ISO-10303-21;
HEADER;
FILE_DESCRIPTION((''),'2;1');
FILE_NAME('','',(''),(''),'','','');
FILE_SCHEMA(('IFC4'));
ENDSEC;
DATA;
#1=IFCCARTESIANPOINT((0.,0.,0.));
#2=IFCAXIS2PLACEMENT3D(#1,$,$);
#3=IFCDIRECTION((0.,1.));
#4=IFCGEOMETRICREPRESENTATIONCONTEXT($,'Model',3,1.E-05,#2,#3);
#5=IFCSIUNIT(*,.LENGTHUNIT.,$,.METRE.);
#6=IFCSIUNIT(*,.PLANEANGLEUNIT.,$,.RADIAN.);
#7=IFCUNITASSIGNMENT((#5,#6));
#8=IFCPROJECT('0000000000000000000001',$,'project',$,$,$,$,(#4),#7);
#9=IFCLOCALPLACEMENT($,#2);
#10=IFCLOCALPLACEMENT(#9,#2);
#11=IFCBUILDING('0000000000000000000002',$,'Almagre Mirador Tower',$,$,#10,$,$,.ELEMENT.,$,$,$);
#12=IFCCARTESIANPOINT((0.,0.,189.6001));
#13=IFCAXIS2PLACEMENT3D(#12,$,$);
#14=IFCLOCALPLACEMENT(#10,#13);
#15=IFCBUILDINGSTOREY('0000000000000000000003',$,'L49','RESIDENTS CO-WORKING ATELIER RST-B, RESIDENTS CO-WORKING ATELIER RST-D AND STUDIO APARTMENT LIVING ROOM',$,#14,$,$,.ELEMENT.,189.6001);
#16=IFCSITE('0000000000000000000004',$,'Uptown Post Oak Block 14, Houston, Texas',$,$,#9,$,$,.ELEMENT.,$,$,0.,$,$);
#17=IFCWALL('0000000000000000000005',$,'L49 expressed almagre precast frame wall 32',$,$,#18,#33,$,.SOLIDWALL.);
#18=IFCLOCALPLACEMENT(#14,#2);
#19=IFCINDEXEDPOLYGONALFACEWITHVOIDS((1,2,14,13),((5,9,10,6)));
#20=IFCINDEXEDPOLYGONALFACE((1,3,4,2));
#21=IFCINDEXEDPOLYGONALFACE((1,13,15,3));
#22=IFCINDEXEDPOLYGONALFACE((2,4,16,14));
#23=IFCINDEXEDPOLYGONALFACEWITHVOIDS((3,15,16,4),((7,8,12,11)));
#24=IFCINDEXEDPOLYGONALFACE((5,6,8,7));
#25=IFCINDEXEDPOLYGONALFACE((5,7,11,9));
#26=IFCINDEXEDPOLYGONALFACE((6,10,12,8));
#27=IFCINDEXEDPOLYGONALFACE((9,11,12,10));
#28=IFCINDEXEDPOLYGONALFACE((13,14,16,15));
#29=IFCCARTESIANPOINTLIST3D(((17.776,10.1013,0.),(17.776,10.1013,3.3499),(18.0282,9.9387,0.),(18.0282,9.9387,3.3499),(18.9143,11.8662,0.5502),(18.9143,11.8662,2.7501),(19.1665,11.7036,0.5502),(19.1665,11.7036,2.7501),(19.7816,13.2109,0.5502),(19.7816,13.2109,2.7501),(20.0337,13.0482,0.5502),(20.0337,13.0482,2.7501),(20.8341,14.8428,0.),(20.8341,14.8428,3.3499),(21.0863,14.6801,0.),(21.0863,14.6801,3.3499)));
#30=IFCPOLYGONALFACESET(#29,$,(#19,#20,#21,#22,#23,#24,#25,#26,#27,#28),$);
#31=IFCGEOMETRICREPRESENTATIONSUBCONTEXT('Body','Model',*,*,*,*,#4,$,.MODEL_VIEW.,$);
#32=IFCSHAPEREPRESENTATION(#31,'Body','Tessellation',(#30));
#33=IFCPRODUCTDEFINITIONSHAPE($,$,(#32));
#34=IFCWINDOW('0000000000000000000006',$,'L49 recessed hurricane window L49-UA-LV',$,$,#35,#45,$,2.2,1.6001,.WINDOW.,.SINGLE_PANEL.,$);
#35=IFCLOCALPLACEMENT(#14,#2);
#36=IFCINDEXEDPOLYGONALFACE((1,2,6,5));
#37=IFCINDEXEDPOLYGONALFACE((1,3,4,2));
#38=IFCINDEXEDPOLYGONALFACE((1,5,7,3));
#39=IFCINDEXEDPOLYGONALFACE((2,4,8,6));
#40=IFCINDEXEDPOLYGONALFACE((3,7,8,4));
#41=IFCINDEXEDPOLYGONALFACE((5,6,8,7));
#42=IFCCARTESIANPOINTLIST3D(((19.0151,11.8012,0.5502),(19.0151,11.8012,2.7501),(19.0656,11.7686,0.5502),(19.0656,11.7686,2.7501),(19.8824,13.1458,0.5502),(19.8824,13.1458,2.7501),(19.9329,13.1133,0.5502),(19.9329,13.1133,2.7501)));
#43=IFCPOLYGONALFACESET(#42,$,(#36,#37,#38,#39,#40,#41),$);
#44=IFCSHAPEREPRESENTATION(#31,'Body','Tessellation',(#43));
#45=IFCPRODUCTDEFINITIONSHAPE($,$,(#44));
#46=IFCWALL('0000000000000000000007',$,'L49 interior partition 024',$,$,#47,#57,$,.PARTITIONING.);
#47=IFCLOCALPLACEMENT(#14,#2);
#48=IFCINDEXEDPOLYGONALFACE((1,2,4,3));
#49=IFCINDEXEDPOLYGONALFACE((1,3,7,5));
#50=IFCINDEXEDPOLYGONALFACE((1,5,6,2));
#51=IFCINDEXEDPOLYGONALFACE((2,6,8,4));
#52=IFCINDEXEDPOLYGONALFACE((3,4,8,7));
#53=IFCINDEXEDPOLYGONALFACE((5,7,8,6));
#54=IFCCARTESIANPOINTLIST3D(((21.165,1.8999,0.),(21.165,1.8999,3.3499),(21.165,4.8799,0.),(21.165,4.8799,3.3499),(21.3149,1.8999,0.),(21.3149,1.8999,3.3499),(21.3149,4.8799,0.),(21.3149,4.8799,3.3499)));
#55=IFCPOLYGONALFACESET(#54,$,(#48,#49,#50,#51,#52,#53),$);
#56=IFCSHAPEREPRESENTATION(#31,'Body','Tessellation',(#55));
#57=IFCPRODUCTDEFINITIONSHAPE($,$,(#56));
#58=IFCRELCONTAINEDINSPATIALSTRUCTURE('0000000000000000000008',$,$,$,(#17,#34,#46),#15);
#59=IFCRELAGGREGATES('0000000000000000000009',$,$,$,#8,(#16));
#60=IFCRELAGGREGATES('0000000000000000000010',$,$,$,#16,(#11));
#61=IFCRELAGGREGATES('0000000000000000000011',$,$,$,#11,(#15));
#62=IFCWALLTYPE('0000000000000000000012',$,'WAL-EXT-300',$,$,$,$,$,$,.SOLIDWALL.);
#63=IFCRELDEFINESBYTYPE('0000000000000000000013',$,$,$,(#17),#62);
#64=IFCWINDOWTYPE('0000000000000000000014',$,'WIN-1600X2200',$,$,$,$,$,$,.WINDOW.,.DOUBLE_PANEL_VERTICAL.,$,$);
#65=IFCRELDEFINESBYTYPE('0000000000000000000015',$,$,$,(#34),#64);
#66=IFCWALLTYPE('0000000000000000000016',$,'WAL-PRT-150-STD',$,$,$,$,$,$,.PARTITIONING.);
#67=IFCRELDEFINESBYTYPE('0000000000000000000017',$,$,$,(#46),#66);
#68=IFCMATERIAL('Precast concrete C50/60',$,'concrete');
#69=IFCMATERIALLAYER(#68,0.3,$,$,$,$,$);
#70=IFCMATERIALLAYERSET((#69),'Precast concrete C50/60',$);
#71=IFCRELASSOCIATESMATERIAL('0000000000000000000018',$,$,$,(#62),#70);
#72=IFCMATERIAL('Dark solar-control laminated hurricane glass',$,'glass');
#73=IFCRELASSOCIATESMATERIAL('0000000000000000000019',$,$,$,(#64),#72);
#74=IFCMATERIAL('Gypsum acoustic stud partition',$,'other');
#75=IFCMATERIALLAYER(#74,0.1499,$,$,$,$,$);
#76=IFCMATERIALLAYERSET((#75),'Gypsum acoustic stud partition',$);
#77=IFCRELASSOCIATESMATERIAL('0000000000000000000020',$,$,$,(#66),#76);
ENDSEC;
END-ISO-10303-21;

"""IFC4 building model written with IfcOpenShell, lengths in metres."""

from ifc_helpers import new_model, si_unit, direction, frame, frame_2d, origin, place, context, subcontext, project, spatial, rectangle, extrude, material, layer, layer_set, type_object, element, fill, save


model = new_model("IFC4")

# Units and contexts
model_context = context("Model", 3, precision=1e-05, world=origin(), true_north=direction((0.0, 1.0)))
body_context = subcontext(model_context, "Body", "Model", "MODEL_VIEW")
ifc_project = project(units=[si_unit("LENGTHUNIT", "METRE"), si_unit("PLANEANGLEUNIT", "RADIAN")], contexts=[model_context])

# Site, building, storey
site_placement = place(None, origin())
site = spatial("IfcSite", under=ifc_project, at=site_placement, Name="Uptown Post Oak Block 14, Houston, Texas", CompositionType="ELEMENT", RefElevation=0.0)
building_placement = place(site_placement, origin())
building = spatial("IfcBuilding", under=site, at=building_placement, Name="Almagre Mirador Tower", CompositionType="ELEMENT")
storey_placement = place(building_placement, frame((0.0, 0.0, 189.6001)))
storey = spatial("IfcBuildingStorey", under=building, at=storey_placement, Name="L49", Description="RESIDENTS CO-WORKING ATELIER RST-B, RESIDENTS CO-WORKING ATELIER RST-D AND STUDIO APARTMENT LIVING ROOM", CompositionType="ELEMENT", Elevation=189.6001)

# Shared definitions
ifc_material_1 = material(Name="Precast concrete C50/60", Category="concrete")
ifc_layer_1 = layer(ifc_material_1, 0.3)
ifc_layer_set_1 = layer_set([ifc_layer_1], Name="Precast concrete C50/60")
wall_type_1 = type_object("IfcWallType", Name="WAL-EXT-300", PredefinedType="SOLIDWALL", material=ifc_layer_set_1)

# Wall, opening, window
wall_1_placement = place(storey_placement, frame((17.9021, 10.02, 0.0), z_axis=(0.0, 0.0, 1.0), x_axis=(0.542015, 0.840369, 0.0)))
wall_1 = element("IfcWall", 1, at=wall_1_placement, inside=storey, type_object=wall_type_1, Name="L49 expressed almagre precast frame wall 32", PredefinedType="SOLIDWALL", context=body_context, shape_type="SweptSolid", body=[
    extrude(rectangle(XDim=5.6421, YDim=0.3, at=frame_2d((2.821, 0.0))), origin(), (0.0, 0.0, 1.0), 3.3499),
])
opening_1_placement = place(wall_1_placement, frame((2.1001, 0.0, 0.55)))
opening_1 = element("IfcOpeningElement", 2, at=opening_1_placement, cuts=wall_1, PredefinedType="OPENING", context=body_context, shape_type="SweptSolid", body=[
    extrude(rectangle(XDim=1.6001, YDim=2.2, at=frame_2d((0.8, 1.1001))), frame((0.0, 0.1599, 0.0), z_axis=(0.0, -1.0, 0.0), x_axis=(1.0, 0.0, 0.0)), (0.0, 0.0, 1.0), 0.32),
])
ifc_material_2 = material(Name="Dark solar-control laminated hurricane glass", Category="glass")
window_type_1 = type_object("IfcWindowType", Name="WIN-1600X2200", PartitioningType="DOUBLE_PANEL_VERTICAL", PredefinedType="WINDOW", material=ifc_material_2)
window_1_placement = place(opening_1_placement, origin())
window_1 = element("IfcWindow", 3, at=window_1_placement, inside=storey, type_object=window_type_1, Name="L49 recessed hurricane window L49-UA-LV", OverallHeight=2.2, OverallWidth=1.6001, PartitioningType="SINGLE_PANEL", PredefinedType="WINDOW", context=body_context, shape_type="SweptSolid", body=[
    extrude(rectangle(XDim=1.6001, YDim=2.2, at=frame_2d((0.8, 1.1001))), frame((0.0, 0.03, 0.0), z_axis=(0.0, -1.0, 0.0), x_axis=(1.0, 0.0, 0.0)), (0.0, 0.0, 1.0), 0.0601),
])
fill(opening_1, window_1)

# Wall
ifc_material_3 = material(Name="Gypsum acoustic stud partition", Category="other")
ifc_layer_2 = layer(ifc_material_3, 0.1499)
ifc_layer_set_2 = layer_set([ifc_layer_2], Name="Gypsum acoustic stud partition")
wall_type_2 = type_object("IfcWallType", Name="WAL-PRT-150-STD", PredefinedType="PARTITIONING", material=ifc_layer_set_2)
wall_2_placement = place(storey_placement, frame((21.24, 1.8999, 0.0), z_axis=(0.0, 0.0, 1.0), x_axis=(0.0, 1.0, 0.0)))
element("IfcWall", 4, at=wall_2_placement, inside=storey, type_object=wall_type_2, Name="L49 interior partition 024", PredefinedType="PARTITIONING", context=body_context, shape_type="SweptSolid", body=[
    extrude(rectangle(XDim=2.98, YDim=0.1499, at=frame_2d((1.49, 0.0))), origin(), (0.0, 0.0, 1.0), 3.3499),
])

save(model, "model.ifc")
